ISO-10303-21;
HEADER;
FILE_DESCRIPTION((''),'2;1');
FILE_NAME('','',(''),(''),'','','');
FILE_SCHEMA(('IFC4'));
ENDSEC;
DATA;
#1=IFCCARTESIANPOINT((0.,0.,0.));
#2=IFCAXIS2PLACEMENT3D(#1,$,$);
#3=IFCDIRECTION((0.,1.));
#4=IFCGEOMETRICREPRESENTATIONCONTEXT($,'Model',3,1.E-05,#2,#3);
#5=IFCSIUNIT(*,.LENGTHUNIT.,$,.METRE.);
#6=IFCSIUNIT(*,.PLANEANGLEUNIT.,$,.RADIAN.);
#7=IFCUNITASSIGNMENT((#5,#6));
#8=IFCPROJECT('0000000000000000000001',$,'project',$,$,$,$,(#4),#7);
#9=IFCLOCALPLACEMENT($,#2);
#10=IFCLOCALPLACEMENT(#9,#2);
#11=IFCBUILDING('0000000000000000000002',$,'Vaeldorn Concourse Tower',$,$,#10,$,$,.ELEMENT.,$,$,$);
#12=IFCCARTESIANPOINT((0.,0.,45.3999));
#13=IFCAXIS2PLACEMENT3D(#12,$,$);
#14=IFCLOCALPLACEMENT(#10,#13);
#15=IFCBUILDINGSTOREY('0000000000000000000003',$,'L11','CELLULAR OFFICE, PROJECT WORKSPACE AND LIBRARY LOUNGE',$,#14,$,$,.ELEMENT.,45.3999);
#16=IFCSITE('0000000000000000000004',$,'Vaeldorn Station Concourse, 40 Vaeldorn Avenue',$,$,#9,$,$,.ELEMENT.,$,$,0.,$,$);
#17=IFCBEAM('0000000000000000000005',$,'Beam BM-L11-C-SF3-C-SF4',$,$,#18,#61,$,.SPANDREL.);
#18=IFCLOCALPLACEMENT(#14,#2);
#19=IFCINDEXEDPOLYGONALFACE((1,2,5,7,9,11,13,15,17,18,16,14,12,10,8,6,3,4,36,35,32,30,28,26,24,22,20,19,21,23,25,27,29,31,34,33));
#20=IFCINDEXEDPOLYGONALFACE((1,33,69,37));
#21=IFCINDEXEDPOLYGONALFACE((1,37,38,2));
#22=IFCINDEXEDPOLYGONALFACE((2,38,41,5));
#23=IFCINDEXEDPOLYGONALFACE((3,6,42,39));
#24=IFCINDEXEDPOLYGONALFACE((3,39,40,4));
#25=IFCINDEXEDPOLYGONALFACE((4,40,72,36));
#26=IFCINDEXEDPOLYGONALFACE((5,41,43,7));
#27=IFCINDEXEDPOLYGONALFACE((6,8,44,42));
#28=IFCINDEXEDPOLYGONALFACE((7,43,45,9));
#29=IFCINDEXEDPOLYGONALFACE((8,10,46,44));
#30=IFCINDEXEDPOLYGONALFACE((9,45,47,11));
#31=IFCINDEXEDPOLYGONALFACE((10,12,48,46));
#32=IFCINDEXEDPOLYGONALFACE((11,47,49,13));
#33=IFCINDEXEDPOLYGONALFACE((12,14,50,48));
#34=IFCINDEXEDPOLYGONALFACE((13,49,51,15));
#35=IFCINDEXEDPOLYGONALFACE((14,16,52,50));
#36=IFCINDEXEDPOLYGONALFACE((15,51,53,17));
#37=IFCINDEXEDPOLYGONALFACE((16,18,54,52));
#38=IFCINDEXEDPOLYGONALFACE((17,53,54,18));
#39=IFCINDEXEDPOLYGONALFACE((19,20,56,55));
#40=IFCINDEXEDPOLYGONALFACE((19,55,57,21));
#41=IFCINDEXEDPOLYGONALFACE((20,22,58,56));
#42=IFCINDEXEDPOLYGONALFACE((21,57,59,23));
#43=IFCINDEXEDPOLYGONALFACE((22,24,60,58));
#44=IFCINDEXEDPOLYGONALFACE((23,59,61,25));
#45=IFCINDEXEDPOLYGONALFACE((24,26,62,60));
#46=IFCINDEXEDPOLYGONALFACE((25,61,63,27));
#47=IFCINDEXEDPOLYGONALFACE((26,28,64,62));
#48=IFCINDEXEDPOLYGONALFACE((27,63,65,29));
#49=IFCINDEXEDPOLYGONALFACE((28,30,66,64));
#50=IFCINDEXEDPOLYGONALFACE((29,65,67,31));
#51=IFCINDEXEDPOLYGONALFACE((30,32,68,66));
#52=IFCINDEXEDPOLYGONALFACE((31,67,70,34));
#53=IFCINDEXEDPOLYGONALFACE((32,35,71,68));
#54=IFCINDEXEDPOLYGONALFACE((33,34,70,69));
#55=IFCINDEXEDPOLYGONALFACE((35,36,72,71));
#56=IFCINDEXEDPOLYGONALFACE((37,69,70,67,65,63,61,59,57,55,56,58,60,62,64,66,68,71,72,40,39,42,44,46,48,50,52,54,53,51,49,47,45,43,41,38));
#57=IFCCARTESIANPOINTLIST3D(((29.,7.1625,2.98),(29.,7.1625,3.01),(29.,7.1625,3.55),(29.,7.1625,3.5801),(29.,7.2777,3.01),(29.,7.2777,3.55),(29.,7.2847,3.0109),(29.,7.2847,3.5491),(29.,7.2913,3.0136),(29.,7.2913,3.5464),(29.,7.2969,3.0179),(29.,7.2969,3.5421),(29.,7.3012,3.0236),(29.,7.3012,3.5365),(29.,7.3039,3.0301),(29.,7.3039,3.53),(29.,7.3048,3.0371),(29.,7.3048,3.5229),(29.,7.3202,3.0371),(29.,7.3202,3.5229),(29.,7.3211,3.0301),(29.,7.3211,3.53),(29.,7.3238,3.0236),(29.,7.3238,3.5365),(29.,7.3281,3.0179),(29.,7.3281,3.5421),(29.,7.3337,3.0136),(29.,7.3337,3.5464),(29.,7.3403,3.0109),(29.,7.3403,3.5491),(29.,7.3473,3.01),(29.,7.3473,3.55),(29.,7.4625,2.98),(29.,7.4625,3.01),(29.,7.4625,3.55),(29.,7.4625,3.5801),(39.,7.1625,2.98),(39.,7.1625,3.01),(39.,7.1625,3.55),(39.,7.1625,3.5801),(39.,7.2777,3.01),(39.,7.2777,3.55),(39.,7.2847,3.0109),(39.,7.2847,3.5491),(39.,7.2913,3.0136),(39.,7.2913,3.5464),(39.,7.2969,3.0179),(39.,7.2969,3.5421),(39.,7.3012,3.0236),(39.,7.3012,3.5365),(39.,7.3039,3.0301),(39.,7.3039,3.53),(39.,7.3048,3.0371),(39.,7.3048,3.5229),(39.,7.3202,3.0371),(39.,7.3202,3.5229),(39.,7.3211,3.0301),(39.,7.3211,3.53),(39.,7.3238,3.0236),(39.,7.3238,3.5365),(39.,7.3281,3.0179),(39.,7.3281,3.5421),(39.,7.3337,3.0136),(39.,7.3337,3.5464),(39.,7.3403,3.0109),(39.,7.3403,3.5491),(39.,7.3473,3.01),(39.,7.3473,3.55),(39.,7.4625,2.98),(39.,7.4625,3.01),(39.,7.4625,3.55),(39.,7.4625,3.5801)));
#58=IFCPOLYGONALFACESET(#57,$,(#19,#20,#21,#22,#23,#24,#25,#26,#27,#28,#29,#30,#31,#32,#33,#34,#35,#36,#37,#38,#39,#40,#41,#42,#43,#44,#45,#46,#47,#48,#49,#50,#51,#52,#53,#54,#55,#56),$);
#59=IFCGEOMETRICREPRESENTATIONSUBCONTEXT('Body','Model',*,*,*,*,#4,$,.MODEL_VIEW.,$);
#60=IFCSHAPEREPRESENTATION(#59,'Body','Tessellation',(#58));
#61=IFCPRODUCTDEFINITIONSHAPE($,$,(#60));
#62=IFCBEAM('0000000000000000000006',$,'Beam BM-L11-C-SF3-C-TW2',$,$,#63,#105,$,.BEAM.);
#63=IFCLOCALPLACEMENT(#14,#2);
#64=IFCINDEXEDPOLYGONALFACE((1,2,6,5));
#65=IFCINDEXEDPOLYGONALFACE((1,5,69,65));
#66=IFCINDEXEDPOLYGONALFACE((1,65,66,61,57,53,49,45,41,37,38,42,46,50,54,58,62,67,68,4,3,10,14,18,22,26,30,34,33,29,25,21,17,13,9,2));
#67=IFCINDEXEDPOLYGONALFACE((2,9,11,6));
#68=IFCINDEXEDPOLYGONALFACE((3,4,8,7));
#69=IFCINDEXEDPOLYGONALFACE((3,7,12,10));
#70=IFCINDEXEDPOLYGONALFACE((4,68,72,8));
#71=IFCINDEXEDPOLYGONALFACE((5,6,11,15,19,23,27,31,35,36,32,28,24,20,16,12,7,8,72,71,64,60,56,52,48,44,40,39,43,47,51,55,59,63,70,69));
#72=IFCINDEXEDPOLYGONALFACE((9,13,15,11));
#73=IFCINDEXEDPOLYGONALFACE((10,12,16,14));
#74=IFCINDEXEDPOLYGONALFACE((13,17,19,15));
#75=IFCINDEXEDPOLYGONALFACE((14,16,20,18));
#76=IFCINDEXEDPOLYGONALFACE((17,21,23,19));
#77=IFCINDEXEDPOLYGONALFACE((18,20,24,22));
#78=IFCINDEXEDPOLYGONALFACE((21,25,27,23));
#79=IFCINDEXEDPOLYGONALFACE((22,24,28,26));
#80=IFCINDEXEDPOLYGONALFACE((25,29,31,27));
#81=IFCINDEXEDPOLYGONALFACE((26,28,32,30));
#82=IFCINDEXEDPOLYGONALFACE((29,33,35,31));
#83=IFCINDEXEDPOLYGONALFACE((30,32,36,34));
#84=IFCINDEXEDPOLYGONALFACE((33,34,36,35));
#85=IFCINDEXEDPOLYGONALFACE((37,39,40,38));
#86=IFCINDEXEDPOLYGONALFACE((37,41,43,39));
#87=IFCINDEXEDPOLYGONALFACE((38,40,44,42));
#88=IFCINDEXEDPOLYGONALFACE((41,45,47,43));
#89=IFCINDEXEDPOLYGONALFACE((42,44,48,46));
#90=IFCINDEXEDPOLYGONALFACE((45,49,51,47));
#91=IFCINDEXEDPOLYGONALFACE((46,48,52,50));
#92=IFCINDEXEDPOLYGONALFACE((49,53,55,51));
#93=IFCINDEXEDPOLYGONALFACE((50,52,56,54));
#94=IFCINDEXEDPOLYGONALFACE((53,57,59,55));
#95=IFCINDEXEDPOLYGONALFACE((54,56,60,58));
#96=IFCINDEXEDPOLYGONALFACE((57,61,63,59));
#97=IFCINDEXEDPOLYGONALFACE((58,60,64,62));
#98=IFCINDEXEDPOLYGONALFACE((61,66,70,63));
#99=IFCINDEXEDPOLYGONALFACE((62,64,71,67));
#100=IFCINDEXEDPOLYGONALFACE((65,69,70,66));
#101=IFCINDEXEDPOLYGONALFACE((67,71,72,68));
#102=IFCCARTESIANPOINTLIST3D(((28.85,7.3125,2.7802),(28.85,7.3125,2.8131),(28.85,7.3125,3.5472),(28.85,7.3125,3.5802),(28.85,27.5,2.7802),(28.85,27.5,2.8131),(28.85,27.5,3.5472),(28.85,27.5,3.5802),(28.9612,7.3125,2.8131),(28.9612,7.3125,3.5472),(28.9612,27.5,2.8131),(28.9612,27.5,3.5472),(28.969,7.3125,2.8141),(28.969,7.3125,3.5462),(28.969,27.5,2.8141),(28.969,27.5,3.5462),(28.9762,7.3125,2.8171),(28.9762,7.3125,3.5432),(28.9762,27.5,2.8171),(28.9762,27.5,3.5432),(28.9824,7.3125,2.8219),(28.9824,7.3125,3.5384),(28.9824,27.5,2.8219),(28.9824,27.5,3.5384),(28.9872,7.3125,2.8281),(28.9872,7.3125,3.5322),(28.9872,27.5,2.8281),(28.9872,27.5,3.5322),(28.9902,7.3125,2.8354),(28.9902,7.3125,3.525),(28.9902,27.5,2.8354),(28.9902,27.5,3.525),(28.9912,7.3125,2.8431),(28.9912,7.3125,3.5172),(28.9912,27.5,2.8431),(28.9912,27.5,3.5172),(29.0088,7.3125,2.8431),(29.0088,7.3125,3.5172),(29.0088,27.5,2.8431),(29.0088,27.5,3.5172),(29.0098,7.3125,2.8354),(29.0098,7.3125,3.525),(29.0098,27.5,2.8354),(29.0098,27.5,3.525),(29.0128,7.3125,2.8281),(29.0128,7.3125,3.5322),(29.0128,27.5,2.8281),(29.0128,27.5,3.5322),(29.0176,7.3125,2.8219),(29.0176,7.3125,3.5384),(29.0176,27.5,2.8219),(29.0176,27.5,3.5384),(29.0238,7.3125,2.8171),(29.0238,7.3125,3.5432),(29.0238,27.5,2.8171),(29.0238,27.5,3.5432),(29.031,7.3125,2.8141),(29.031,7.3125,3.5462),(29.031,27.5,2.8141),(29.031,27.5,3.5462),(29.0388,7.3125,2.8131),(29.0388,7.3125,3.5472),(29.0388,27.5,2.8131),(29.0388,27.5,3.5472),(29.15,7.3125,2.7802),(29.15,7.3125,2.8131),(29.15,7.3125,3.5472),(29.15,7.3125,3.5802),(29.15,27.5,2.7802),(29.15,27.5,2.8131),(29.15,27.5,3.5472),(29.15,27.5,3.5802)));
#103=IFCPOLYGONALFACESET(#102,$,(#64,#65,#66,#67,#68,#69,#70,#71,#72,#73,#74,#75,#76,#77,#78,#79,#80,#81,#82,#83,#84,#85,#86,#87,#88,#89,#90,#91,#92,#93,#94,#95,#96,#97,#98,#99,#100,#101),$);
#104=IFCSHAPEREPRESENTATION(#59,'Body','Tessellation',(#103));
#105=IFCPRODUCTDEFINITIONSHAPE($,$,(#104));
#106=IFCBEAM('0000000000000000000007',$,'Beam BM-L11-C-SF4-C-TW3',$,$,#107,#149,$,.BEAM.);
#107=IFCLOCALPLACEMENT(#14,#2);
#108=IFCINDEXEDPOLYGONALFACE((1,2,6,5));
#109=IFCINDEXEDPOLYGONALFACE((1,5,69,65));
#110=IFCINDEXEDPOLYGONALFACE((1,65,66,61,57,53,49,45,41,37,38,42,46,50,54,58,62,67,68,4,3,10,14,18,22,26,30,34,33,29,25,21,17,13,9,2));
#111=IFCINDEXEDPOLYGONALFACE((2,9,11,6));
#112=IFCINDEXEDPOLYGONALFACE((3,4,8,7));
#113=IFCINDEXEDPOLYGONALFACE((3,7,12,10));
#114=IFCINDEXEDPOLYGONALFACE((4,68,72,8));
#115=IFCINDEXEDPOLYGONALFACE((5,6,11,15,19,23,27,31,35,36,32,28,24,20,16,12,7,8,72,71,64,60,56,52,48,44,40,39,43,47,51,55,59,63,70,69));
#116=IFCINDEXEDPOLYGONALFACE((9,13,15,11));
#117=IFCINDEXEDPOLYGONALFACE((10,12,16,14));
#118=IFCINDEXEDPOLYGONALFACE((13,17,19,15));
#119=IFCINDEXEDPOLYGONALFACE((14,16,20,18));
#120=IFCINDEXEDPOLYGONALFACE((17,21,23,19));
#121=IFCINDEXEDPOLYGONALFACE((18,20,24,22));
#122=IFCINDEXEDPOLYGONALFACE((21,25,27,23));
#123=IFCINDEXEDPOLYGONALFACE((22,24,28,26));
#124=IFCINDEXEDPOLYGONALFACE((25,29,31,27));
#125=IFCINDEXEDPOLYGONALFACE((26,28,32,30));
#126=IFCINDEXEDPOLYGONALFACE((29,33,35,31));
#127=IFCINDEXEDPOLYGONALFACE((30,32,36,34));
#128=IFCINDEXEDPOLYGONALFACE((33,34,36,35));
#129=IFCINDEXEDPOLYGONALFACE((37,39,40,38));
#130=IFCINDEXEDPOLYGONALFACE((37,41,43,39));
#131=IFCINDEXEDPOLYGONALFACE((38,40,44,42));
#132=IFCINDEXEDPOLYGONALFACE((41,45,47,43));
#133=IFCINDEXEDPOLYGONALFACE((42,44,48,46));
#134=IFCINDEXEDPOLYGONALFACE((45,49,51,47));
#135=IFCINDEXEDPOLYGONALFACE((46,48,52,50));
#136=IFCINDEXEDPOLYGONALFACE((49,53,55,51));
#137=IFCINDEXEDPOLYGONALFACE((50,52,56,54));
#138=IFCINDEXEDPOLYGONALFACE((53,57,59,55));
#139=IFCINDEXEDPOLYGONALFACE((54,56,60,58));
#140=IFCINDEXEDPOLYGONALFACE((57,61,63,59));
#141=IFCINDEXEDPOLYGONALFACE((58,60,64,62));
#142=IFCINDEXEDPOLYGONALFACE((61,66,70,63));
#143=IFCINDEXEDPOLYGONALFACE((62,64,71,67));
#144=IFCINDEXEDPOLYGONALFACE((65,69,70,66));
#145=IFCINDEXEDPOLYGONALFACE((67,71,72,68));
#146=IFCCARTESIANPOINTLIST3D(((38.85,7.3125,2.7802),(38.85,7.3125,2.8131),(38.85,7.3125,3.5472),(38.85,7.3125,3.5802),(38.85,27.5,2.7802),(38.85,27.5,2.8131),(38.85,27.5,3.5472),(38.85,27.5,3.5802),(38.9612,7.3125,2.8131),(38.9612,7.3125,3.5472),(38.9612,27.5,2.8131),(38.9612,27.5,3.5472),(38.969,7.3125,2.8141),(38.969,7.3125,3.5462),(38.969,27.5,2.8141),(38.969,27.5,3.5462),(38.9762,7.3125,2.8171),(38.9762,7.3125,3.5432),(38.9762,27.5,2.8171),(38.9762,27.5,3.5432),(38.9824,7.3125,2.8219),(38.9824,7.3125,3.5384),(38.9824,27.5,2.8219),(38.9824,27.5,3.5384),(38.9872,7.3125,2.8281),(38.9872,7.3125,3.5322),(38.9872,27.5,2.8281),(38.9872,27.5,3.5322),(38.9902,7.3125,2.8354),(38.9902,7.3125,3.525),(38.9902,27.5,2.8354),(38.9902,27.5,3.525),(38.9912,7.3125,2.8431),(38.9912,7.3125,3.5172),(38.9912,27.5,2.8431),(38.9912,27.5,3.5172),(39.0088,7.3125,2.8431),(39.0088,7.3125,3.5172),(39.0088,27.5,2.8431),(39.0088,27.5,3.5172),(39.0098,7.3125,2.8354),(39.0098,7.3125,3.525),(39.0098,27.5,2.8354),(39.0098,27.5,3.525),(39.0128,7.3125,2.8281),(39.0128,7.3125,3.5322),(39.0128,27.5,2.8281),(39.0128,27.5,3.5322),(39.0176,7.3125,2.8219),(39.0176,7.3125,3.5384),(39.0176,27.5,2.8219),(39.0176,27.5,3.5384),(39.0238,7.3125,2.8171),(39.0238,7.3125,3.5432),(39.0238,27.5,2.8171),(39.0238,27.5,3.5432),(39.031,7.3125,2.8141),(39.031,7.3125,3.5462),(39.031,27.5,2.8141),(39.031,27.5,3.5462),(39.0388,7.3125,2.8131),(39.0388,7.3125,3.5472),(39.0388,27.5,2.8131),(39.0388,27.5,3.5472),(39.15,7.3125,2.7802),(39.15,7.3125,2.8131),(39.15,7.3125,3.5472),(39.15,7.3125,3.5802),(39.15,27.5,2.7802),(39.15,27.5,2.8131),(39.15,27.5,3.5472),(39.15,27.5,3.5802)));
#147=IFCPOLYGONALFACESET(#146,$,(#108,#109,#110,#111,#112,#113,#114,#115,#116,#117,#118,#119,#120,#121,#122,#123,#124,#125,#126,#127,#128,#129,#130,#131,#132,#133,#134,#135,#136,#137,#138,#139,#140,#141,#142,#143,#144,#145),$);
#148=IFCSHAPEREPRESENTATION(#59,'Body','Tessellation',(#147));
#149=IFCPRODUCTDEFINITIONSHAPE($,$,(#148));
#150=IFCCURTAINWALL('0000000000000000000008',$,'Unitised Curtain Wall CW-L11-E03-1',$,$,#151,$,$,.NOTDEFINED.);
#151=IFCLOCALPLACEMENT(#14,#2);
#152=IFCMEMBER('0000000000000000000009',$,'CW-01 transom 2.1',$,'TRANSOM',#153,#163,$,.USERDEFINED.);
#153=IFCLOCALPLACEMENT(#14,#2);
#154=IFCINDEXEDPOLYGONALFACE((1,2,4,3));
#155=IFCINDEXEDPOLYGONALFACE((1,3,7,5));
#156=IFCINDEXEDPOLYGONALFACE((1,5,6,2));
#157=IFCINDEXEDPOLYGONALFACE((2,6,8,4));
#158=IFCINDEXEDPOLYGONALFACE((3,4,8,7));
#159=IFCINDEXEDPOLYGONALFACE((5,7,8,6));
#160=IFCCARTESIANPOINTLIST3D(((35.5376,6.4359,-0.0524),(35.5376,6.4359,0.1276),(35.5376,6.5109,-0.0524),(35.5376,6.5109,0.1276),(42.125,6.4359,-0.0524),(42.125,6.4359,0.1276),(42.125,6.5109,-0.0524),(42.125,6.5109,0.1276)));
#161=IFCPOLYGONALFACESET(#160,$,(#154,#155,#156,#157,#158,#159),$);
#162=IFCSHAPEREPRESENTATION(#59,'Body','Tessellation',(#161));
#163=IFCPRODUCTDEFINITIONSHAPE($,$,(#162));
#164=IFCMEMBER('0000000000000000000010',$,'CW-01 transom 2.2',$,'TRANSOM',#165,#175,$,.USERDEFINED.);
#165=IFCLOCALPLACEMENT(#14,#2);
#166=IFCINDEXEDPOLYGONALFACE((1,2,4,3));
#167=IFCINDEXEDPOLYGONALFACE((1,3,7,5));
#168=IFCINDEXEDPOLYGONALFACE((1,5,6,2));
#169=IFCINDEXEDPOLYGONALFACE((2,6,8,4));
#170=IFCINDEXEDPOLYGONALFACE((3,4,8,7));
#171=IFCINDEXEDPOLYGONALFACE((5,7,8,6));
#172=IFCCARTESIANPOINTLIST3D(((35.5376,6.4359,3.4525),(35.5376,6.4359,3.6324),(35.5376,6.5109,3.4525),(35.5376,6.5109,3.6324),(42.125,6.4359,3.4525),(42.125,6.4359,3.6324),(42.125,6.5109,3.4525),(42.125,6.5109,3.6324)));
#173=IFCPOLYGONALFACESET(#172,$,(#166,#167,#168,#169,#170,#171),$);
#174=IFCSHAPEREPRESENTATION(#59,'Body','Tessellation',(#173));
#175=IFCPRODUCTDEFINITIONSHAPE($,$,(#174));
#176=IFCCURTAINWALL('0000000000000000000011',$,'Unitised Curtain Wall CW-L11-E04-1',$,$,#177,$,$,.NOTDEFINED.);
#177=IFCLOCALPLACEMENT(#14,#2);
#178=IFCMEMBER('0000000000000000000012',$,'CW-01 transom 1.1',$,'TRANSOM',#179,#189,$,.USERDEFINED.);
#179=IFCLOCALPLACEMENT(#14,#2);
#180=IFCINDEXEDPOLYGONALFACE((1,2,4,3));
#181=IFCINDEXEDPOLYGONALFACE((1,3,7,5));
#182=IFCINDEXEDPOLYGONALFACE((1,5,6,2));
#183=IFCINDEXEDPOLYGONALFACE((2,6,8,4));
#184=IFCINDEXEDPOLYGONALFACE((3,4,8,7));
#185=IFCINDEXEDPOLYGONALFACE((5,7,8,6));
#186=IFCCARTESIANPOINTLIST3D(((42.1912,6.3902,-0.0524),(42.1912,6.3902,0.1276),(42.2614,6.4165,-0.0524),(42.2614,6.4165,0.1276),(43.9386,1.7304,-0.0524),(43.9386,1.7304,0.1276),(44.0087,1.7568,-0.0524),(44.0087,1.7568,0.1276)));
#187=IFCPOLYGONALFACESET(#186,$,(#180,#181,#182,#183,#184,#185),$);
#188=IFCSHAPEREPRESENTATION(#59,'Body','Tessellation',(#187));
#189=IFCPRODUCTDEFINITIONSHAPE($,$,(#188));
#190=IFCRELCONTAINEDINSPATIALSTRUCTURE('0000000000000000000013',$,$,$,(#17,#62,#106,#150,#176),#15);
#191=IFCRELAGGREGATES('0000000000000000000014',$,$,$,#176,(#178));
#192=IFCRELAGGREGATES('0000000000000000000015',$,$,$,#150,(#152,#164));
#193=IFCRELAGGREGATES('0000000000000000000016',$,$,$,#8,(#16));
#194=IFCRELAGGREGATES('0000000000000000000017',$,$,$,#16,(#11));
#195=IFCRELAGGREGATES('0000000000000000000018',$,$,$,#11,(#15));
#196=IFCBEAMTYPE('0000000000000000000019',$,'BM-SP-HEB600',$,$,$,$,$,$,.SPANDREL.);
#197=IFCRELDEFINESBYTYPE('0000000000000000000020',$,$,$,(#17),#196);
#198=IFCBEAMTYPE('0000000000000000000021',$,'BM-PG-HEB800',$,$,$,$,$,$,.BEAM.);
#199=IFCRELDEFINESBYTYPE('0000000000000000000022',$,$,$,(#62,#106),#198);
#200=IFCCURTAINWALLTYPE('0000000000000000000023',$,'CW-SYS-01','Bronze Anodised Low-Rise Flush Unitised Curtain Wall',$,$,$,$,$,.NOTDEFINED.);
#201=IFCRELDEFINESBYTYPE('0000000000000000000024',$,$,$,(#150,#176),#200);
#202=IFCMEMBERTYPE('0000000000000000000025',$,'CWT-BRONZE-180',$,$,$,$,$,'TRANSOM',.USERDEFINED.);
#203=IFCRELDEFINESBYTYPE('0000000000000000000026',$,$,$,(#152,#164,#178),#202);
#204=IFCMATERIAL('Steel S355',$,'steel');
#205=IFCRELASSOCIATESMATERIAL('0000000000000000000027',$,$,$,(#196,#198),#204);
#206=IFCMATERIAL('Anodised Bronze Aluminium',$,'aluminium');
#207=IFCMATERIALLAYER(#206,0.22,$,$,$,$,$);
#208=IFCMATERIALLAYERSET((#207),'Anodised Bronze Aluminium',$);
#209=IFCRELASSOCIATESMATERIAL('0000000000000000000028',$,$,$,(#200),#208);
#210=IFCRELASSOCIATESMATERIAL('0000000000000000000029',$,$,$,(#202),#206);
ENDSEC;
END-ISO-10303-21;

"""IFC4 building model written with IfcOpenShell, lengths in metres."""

from ifc_helpers import new_model, si_unit, direction, frame, origin, origin_2d, place, context, subcontext, project, spatial, rectangle, i_section, extrude, source, transform, mapped, material, layer, layer_set, material_profile, profile_set, type_object, element, aggregate, save


model = new_model("IFC4")

# Units and contexts
model_context = context("Model", 3, precision=1e-05, world=origin(), true_north=direction((0.0, 1.0)))
body_context = subcontext(model_context, "Body", "Model", "MODEL_VIEW")
ifc_project = project(units=[si_unit("LENGTHUNIT", "METRE"), si_unit("PLANEANGLEUNIT", "RADIAN")], contexts=[model_context])

# Site, building, storey
site_placement = place(None, origin())
site = spatial("IfcSite", under=ifc_project, at=site_placement, Name="Vaeldorn Station Concourse, 40 Vaeldorn Avenue", CompositionType="ELEMENT", RefElevation=0.0)
building_placement = place(site_placement, origin())
building = spatial("IfcBuilding", under=site, at=building_placement, Name="Vaeldorn Concourse Tower", CompositionType="ELEMENT")
storey_placement = place(building_placement, frame((0.0, 0.0, 45.3999)))
storey = spatial("IfcBuildingStorey", under=building, at=storey_placement, Name="L11", Description="CELLULAR OFFICE, PROJECT WORKSPACE AND LIBRARY LOUNGE", CompositionType="ELEMENT", Elevation=45.3999)

# Beams
ifc_material_1 = material(Name="Steel S355", Category="steel")
ifc_material_profile_1 = material_profile(ifc_material_1, i_section(OverallWidth=0.3, OverallDepth=0.6001, WebThickness=0.0154, FlangeThickness=0.03, FilletRadius=0.0271, at=origin_2d()), Name="HEB 600")
ifc_profile_set_1 = profile_set([ifc_material_profile_1], Name="Steel S355")
beam_type_1 = type_object("IfcBeamType", Name="BM-SP-HEB600", PredefinedType="SPANDREL", material=ifc_profile_set_1)
shared_shape_1 = source(origin(), body_context, "Body", "SweptSolid", [
    extrude(i_section(OverallWidth=0.3, OverallDepth=0.6001, WebThickness=0.0154, FlangeThickness=0.03, FilletRadius=0.0271, at=origin_2d()), origin(), (0.0, 0.0, 1.0), 10.0),
])
beam_1_placement = place(storey_placement, frame((29.0, 7.3125, 3.28), z_axis=(1.0, 0.0, 0.0), x_axis=(0.0, 1.0, 0.0)))
element("IfcBeam", 1, at=beam_1_placement, inside=storey, type_object=beam_type_1, Name="Beam BM-L11-C-SF3-C-SF4", PredefinedType="SPANDREL", context=body_context, shape_type="MappedRepresentation", body=[
    mapped(shared_shape_1, transform((0.0, 0.0, 0.0), scale=1.0)),
])
ifc_material_profile_2 = material_profile(ifc_material_1, i_section(OverallWidth=0.3, OverallDepth=0.8, WebThickness=0.0176, FlangeThickness=0.033, FilletRadius=0.03, at=origin_2d()), Name="HEB 800")
ifc_profile_set_2 = profile_set([ifc_material_profile_2], Name="Steel S355")
beam_type_2 = type_object("IfcBeamType", Name="BM-PG-HEB800", PredefinedType="BEAM", material=ifc_profile_set_2)
shared_shape_2 = source(origin(), body_context, "Body", "SweptSolid", [
    extrude(i_section(OverallWidth=0.3, OverallDepth=0.8, WebThickness=0.0176, FlangeThickness=0.033, FilletRadius=0.03, at=origin_2d()), origin(), (0.0, 0.0, 1.0), 20.1875),
])
for number, where, z_axis, x_axis, name in (
    (2, (29.0, 7.3125, 3.1802), (0.0, 1.0, 0.0), (-1.0, 0.0, 0.0), "Beam BM-L11-C-SF3-C-TW2"),
    (3, (39.0, 7.3125, 3.1802), (0.0, 1.0, 0.0), (-1.0, 0.0, 0.0), "Beam BM-L11-C-SF4-C-TW3"),
):
    element("IfcBeam", number, at=place(storey_placement, frame(where, z_axis=z_axis, x_axis=x_axis)), inside=storey, type_object=beam_type_2, Name=name, PredefinedType="BEAM", context=body_context, shape_type="MappedRepresentation", body=[
        mapped(shared_shape_2, transform((0.0, 0.0, 0.0), scale=1.0)),
    ])

# Curtain walls, members
ifc_material_2 = material(Name="Anodised Bronze Aluminium", Category="aluminium")
ifc_layer_1 = layer(ifc_material_2, 0.22)
ifc_layer_set_1 = layer_set([ifc_layer_1], Name="Anodised Bronze Aluminium")
curtain_wall_type = type_object("IfcCurtainWallType", Name="CW-SYS-01", Description="Bronze Anodised Low-Rise Flush Unitised Curtain Wall", PredefinedType="NOTDEFINED", material=ifc_layer_set_1)
curtain_wall_1_placement = place(storey_placement, origin())
curtain_wall_1 = element("IfcCurtainWall", 4, at=curtain_wall_1_placement, inside=storey, type_object=curtain_wall_type, Name="Unitised Curtain Wall CW-L11-E03-1", PredefinedType="NOTDEFINED")
ifc_material_profile_3 = material_profile(ifc_material_2, rectangle(XDim=0.075, YDim=0.1799, at=origin_2d()), Name="CWT 75x180")
ifc_profile_set_3 = profile_set([ifc_material_profile_3], Name="Anodised Bronze Aluminium")
member_type_1 = type_object("IfcMemberType", Name="CWT-BRONZE-180", ElementType="TRANSOM", PredefinedType="USERDEFINED", material=ifc_profile_set_3)
shared_shape_3 = source(origin(), body_context, "Body", "SweptSolid", [
    extrude(rectangle(XDim=0.075, YDim=0.1799, at=origin_2d()), origin(), (0.0, 0.0, 1.0), 6.5874),
])
member_1_placement = place(storey_placement, frame((35.5376, 6.4734, 0.0376), z_axis=(1.0, 0.0, 0.0), x_axis=(0.0, 1.0, 0.0)))
member_1 = element("IfcMember", 5, at=member_1_placement, type_object=member_type_1, Name="CW-01 transom 2.1", ObjectType="TRANSOM", PredefinedType="USERDEFINED", context=body_context, shape_type="MappedRepresentation", body=[
    mapped(shared_shape_3, transform((0.0, 0.0, 0.0), scale=1.0)),
])
member_2_placement = place(storey_placement, frame((35.5376, 6.4734, 3.5425), z_axis=(1.0, 0.0, 0.0), x_axis=(0.0, 1.0, 0.0)))
member_2 = element("IfcMember", 6, at=member_2_placement, type_object=member_type_1, Name="CW-01 transom 2.2", ObjectType="TRANSOM", PredefinedType="USERDEFINED", context=body_context, shape_type="MappedRepresentation", body=[
    mapped(shared_shape_3, transform((0.0, 0.0, 0.0), scale=1.0)),
])
curtain_wall_2_placement = place(storey_placement, origin())
curtain_wall_2 = element("IfcCurtainWall", 7, at=curtain_wall_2_placement, inside=storey, type_object=curtain_wall_type, Name="Unitised Curtain Wall CW-L11-E04-1", PredefinedType="NOTDEFINED")
shared_shape_4 = source(origin(), body_context, "Body", "SweptSolid", [
    extrude(rectangle(XDim=0.075, YDim=0.1799, at=origin_2d()), origin(), (0.0, 0.0, 1.0), 4.9766),
])
member_3_placement = place(storey_placement, frame((42.2263, 6.4033, 0.0376), z_axis=(0.351113, -0.936333, 0.0), x_axis=(0.936333, 0.351113, 0.0)))
member_3 = element("IfcMember", 8, at=member_3_placement, type_object=member_type_1, Name="CW-01 transom 1.1", ObjectType="TRANSOM", PredefinedType="USERDEFINED", context=body_context, shape_type="MappedRepresentation", body=[
    mapped(shared_shape_4, transform((0.0, 0.0, 0.0), scale=1.0)),
])

aggregate(curtain_wall_2, [member_3])
aggregate(curtain_wall_1, [member_1, member_2])

save(model, "model.ifc")
